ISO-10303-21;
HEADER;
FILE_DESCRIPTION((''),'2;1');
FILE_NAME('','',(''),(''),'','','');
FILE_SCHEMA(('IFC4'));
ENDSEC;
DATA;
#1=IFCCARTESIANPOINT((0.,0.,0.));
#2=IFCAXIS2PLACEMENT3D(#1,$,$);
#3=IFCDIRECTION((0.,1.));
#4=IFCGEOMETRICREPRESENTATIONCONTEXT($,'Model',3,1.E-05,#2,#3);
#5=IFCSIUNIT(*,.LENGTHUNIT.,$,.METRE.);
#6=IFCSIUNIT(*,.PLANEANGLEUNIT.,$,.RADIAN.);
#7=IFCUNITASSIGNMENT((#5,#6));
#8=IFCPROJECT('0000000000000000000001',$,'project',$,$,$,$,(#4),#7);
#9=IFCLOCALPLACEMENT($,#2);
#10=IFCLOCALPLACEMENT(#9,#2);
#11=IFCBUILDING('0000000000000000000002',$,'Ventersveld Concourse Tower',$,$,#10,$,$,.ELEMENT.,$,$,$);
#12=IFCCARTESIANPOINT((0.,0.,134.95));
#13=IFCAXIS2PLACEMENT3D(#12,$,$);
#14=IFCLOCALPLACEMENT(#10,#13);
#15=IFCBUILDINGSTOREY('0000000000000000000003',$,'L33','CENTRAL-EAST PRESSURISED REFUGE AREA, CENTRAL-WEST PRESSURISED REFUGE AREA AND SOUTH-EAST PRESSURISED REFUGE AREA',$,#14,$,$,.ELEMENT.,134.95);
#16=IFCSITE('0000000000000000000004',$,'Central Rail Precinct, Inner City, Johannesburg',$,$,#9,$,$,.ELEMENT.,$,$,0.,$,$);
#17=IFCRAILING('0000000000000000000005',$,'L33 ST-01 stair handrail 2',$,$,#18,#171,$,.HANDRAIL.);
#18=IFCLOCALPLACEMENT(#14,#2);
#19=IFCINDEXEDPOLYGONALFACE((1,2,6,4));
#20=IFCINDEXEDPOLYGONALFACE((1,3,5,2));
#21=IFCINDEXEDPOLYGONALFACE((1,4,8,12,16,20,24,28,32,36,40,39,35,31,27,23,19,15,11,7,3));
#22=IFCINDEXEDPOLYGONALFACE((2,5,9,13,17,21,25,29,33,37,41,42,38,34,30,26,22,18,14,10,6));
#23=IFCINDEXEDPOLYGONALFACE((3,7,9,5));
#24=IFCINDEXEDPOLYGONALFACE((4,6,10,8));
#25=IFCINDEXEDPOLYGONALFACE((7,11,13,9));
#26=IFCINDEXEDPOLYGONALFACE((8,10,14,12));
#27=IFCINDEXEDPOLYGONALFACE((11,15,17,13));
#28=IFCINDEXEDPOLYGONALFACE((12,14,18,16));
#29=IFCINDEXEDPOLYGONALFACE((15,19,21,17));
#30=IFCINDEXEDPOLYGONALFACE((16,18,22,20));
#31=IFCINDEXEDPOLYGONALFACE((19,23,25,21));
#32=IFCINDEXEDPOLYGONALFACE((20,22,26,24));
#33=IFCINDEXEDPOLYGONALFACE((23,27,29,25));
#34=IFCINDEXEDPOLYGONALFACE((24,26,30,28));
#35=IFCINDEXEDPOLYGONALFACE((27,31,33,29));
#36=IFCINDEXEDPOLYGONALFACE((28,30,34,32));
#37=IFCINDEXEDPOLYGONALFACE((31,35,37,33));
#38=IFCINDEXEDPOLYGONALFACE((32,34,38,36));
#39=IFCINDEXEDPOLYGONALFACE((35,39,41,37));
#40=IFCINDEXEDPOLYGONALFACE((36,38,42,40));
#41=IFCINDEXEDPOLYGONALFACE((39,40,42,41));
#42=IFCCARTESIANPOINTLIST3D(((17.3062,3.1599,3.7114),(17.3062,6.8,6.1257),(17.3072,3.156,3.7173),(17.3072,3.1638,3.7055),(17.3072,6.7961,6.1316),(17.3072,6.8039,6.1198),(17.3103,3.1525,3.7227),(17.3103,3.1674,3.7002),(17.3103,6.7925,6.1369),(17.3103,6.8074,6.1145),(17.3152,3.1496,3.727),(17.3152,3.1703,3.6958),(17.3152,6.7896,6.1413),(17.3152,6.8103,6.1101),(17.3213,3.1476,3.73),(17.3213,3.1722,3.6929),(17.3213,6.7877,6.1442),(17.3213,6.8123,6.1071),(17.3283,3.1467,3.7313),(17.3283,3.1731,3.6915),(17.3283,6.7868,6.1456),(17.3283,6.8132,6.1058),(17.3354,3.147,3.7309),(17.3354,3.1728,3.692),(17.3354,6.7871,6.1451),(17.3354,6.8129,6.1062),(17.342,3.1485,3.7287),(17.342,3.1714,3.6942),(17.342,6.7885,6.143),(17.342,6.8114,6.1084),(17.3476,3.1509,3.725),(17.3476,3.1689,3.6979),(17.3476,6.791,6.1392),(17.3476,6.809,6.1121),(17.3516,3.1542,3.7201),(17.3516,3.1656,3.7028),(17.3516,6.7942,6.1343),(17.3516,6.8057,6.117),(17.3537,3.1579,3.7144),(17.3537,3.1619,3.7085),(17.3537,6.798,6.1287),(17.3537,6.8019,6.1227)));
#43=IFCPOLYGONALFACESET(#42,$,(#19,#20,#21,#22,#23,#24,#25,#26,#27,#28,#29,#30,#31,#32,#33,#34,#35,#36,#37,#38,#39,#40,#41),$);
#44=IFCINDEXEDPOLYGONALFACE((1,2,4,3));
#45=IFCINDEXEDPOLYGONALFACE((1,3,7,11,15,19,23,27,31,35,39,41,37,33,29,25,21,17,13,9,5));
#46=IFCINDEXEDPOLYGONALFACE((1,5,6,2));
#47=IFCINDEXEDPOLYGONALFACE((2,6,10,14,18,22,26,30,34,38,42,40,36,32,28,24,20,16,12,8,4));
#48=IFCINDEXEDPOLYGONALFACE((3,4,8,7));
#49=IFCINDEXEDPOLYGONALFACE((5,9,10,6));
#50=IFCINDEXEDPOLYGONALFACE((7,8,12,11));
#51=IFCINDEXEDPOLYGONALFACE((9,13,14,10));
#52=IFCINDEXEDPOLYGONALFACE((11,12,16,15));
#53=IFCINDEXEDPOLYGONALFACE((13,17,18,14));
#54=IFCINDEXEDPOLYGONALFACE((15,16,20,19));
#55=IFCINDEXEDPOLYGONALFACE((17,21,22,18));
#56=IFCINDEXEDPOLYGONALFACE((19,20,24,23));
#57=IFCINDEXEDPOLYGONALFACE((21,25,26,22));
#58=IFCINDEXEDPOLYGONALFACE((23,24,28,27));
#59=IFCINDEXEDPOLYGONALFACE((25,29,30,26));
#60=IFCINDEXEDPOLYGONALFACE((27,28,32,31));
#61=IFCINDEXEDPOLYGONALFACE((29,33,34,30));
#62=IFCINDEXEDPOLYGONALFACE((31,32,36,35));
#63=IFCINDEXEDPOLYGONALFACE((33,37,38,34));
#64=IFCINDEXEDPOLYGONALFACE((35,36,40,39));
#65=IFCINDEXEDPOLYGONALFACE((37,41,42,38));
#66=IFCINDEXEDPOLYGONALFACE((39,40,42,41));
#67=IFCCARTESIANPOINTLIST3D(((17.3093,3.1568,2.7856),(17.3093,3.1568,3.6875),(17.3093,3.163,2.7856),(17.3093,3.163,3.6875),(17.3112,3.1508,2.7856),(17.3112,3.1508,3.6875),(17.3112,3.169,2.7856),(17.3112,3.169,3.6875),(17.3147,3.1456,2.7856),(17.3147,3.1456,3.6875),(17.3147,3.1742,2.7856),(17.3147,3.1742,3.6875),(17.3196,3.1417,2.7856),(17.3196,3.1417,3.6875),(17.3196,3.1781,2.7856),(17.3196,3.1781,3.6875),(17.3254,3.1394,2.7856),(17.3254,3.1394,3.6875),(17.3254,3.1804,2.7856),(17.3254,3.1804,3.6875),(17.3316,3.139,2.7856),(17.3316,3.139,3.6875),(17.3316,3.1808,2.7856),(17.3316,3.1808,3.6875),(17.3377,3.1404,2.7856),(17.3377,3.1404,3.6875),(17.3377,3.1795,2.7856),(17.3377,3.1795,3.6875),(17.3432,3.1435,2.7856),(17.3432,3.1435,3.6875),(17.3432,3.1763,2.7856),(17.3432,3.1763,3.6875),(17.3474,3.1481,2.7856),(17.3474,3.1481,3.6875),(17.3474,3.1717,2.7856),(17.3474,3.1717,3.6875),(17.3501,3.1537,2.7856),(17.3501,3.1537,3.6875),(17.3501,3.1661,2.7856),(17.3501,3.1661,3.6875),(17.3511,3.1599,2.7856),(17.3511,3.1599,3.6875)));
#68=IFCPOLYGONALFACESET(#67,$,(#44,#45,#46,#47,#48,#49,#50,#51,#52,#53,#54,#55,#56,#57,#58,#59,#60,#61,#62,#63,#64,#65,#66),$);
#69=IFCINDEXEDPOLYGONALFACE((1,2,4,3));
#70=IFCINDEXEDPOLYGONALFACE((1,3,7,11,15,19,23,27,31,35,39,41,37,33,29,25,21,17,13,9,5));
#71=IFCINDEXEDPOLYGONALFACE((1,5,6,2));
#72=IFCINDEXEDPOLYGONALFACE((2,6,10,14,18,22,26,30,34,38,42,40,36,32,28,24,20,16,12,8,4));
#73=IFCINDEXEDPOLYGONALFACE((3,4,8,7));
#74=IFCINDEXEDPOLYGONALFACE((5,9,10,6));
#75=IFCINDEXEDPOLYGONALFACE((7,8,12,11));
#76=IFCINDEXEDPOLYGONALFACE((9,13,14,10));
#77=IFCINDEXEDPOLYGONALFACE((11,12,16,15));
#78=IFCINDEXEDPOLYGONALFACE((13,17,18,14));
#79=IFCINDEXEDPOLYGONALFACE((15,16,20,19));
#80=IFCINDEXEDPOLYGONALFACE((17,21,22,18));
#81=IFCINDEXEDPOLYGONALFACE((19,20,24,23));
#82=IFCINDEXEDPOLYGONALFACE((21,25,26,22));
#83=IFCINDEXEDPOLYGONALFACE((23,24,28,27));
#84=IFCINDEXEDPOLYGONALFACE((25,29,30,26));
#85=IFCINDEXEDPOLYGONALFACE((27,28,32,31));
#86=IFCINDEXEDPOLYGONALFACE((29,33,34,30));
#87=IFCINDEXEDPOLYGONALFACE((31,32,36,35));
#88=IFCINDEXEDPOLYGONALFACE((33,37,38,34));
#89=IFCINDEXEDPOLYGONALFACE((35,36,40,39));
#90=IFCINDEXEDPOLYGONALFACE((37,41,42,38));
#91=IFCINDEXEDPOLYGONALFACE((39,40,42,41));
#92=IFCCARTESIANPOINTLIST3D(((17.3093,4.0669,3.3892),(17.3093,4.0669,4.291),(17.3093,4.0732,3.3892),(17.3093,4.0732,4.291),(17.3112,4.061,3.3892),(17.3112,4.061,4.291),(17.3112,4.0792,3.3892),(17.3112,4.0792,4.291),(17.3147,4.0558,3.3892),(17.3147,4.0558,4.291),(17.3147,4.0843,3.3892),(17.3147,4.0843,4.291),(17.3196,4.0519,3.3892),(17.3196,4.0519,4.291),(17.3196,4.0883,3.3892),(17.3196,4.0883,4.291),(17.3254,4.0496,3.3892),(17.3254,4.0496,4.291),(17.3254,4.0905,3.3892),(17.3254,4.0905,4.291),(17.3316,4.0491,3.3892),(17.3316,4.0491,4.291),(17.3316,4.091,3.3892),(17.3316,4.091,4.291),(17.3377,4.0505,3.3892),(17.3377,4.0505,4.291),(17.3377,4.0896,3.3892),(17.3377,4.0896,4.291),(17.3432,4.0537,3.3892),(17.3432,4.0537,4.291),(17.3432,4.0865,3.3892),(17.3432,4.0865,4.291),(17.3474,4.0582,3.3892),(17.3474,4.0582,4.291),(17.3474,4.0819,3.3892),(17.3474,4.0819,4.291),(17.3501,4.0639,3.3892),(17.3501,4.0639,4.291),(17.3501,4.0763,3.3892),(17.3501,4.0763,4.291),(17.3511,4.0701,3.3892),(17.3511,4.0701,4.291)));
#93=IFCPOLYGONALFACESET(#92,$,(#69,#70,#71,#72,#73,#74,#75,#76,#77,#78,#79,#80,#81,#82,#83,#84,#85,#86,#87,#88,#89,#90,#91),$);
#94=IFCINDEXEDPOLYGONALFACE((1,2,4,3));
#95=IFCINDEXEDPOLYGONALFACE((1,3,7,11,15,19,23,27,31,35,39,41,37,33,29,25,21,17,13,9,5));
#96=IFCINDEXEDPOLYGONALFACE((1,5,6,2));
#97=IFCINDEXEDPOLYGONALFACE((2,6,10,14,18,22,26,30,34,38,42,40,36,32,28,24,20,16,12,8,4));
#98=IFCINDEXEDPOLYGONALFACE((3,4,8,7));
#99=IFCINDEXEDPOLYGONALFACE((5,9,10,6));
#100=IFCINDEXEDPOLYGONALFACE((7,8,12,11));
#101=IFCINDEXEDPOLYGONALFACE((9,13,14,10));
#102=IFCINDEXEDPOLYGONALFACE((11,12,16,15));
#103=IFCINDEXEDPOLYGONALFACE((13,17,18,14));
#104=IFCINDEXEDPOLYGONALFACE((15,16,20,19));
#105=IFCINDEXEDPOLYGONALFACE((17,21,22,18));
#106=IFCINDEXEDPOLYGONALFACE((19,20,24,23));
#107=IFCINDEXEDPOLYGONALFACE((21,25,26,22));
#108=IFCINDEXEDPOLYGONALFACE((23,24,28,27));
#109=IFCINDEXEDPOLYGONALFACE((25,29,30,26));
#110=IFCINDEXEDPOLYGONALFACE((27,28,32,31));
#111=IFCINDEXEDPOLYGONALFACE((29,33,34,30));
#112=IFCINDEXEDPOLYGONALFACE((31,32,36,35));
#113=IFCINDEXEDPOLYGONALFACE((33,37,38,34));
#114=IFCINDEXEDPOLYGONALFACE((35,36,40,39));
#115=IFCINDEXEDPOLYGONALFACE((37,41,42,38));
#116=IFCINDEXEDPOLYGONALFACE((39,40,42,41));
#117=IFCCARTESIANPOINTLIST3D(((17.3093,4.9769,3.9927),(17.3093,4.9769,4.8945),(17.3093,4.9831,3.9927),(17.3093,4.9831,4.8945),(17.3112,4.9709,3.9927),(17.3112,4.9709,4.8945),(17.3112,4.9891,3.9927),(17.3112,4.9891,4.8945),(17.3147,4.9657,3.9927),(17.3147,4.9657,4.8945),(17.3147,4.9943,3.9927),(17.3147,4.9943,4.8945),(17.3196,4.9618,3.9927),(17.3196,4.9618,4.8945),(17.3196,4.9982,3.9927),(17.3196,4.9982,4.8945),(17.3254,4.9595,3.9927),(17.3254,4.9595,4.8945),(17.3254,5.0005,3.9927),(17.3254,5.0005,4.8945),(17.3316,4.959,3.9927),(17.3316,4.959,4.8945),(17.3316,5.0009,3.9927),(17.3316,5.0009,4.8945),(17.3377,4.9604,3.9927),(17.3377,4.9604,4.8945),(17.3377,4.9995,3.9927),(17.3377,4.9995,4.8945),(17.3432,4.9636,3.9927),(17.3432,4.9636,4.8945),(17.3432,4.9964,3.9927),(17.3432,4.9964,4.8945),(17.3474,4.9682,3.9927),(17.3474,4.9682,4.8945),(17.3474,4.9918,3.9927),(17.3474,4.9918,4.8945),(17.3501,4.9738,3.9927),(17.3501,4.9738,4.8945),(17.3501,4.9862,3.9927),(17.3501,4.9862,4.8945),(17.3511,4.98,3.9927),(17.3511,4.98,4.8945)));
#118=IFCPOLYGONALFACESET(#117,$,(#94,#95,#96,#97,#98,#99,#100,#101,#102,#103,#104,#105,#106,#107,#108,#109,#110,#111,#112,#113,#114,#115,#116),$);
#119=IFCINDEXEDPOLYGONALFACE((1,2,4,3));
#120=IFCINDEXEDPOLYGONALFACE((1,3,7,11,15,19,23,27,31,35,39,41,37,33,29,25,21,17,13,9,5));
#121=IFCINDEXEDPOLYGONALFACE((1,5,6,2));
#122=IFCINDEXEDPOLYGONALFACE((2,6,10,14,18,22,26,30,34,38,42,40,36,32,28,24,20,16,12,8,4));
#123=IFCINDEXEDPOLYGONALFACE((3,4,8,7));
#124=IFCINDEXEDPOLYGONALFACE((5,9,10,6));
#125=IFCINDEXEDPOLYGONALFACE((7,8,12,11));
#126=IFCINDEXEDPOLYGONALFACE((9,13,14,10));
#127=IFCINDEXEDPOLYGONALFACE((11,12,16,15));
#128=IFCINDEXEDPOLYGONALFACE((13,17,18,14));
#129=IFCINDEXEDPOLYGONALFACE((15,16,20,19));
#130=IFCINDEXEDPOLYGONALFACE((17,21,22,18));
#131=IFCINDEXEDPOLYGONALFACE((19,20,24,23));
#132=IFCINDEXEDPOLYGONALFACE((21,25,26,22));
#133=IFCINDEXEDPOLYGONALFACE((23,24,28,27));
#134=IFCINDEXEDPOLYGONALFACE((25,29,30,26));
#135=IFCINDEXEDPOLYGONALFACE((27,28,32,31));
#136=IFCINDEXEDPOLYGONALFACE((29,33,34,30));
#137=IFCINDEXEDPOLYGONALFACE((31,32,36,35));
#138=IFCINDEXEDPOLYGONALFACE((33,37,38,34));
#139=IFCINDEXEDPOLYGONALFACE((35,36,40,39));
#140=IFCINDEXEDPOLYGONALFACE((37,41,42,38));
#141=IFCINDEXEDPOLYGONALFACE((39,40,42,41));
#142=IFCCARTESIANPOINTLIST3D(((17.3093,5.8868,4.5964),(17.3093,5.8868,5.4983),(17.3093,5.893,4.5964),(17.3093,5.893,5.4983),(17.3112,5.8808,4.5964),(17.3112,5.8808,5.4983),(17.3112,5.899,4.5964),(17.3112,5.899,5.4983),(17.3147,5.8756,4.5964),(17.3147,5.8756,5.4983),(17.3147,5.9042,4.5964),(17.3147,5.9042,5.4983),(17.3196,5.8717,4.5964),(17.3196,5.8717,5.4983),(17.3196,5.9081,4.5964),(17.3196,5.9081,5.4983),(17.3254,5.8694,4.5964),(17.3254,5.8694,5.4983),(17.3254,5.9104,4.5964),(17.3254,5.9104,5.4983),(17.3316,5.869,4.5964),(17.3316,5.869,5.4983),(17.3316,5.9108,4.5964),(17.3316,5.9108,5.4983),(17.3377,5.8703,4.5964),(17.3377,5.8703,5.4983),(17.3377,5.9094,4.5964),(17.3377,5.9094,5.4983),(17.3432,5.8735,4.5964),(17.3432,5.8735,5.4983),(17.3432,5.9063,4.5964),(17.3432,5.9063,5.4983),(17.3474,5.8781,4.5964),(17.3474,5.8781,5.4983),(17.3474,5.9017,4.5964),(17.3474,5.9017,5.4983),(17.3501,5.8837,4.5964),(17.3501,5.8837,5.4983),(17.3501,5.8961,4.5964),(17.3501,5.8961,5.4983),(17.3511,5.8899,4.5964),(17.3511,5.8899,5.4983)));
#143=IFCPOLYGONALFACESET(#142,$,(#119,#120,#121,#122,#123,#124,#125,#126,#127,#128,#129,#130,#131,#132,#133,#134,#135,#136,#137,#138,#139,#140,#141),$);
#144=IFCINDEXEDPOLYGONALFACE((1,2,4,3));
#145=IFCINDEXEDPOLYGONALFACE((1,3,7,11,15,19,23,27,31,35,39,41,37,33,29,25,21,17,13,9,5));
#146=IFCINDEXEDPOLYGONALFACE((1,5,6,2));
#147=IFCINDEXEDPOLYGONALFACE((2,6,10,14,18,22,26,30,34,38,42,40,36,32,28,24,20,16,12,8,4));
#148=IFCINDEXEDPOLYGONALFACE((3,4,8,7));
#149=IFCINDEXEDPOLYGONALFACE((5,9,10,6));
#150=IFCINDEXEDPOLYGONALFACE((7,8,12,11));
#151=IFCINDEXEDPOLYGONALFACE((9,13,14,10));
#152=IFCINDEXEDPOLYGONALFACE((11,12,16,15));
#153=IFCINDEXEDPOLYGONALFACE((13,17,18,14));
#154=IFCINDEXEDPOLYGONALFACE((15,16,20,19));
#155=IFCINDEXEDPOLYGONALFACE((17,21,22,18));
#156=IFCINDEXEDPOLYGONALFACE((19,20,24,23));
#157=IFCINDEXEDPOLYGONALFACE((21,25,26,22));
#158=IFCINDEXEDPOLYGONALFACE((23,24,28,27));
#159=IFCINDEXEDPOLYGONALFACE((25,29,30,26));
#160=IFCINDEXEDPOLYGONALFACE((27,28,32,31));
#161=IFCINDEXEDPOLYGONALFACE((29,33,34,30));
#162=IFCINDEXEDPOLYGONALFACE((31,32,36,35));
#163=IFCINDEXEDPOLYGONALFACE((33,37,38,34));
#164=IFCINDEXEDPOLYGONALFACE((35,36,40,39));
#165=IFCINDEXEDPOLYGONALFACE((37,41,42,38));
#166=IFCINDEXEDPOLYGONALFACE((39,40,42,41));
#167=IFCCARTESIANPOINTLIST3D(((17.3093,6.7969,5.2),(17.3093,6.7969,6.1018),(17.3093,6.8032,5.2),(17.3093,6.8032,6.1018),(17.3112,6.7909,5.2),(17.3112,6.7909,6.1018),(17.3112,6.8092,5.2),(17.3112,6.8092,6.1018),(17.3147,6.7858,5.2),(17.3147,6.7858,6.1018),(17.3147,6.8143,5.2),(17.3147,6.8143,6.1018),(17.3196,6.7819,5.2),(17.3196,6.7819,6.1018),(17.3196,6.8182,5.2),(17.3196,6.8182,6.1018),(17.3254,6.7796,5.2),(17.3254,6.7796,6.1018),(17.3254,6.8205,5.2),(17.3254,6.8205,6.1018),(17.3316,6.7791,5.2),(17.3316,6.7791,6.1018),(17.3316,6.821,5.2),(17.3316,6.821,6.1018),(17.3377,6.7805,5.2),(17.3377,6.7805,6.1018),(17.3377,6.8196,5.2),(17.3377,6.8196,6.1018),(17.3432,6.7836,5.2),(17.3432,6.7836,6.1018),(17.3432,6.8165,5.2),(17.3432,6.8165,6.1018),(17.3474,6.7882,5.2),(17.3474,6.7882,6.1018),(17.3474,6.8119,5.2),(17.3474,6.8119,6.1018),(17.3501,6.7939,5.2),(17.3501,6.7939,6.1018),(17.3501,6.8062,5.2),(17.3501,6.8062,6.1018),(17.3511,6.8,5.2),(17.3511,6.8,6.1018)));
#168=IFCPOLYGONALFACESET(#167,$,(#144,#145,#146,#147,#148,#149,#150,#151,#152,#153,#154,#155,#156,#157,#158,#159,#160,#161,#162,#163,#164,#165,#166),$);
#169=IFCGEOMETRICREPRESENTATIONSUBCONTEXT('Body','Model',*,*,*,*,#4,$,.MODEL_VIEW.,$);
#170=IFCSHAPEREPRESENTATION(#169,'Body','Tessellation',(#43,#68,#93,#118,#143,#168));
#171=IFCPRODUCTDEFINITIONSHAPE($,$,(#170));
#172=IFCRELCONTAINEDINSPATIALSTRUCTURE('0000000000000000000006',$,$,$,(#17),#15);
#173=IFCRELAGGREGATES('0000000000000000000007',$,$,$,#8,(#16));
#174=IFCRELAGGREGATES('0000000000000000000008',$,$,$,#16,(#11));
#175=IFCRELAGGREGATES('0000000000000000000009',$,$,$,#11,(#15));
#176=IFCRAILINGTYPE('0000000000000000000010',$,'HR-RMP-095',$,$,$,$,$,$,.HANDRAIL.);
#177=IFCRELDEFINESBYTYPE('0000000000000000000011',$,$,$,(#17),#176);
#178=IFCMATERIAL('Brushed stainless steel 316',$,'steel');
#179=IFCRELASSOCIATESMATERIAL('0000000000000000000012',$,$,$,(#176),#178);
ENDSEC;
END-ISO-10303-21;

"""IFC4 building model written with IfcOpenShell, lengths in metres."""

from ifc_helpers import new_model, si_unit, direction, frame, origin, origin_2d, place, context, subcontext, project, spatial, circle, extrude, material, type_object, element, save


model = new_model("IFC4")

# Units and contexts
model_context = context("Model", 3, precision=1e-05, world=origin(), true_north=direction((0.0, 1.0)))
body_context = subcontext(model_context, "Body", "Model", "MODEL_VIEW")
ifc_project = project(units=[si_unit("LENGTHUNIT", "METRE"), si_unit("PLANEANGLEUNIT", "RADIAN")], contexts=[model_context])

# Site, building, storey
site_placement = place(None, origin())
site = spatial("IfcSite", under=ifc_project, at=site_placement, Name="Central Rail Precinct, Inner City, Johannesburg", CompositionType="ELEMENT", RefElevation=0.0)
building_placement = place(site_placement, origin())
building = spatial("IfcBuilding", under=site, at=building_placement, Name="Ventersveld Concourse Tower", CompositionType="ELEMENT")
storey_placement = place(building_placement, frame((0.0, 0.0, 134.95)))
storey = spatial("IfcBuildingStorey", under=building, at=storey_placement, Name="L33", Description="CENTRAL-EAST PRESSURISED REFUGE AREA, CENTRAL-WEST PRESSURISED REFUGE AREA AND SOUTH-EAST PRESSURISED REFUGE AREA", CompositionType="ELEMENT", Elevation=134.95)

# Railing
ifc_material_1 = material(Name="Brushed stainless steel 316", Category="steel")
railing_type_1 = type_object("IfcRailingType", Name="HR-RMP-095", PredefinedType="HANDRAIL", material=ifc_material_1)
railing_1_placement = place(storey_placement, frame((17.3301, 3.1599, 2.7856)))
element("IfcRailing", 1, at=railing_1_placement, inside=storey, type_object=railing_type_1, Name="L33 ST-01 stair handrail 2", PredefinedType="HANDRAIL", context=body_context, shape_type="SweptSolid", body=[
    extrude(circle(Radius=0.0239, at=origin_2d()), frame((0.0, 0.0, 0.9258), z_axis=(0.0, 0.833364, 0.552725), x_axis=(-1.0, 0.0, 0.0)), (0.0, 0.0, 1.0), 4.3679),
    extrude(circle(Radius=0.021, at=origin_2d()), origin(), (0.0, 0.0, 1.0), 0.9019),
    extrude(circle(Radius=0.021, at=origin_2d()), frame((0.0, 0.9102, 0.6035)), (0.0, 0.0, 1.0), 0.9019),
    extrude(circle(Radius=0.021, at=origin_2d()), frame((0.0, 1.8201, 1.207)), (0.0, 0.0, 1.0), 0.9019),
    extrude(circle(Radius=0.021, at=origin_2d()), frame((0.0, 2.73, 1.8108)), (0.0, 0.0, 1.0), 0.9019),
    extrude(circle(Radius=0.021, at=origin_2d()), frame((0.0, 3.6401, 2.4143)), (0.0, 0.0, 1.0), 0.9019),
])

save(model, "model.ifc")
